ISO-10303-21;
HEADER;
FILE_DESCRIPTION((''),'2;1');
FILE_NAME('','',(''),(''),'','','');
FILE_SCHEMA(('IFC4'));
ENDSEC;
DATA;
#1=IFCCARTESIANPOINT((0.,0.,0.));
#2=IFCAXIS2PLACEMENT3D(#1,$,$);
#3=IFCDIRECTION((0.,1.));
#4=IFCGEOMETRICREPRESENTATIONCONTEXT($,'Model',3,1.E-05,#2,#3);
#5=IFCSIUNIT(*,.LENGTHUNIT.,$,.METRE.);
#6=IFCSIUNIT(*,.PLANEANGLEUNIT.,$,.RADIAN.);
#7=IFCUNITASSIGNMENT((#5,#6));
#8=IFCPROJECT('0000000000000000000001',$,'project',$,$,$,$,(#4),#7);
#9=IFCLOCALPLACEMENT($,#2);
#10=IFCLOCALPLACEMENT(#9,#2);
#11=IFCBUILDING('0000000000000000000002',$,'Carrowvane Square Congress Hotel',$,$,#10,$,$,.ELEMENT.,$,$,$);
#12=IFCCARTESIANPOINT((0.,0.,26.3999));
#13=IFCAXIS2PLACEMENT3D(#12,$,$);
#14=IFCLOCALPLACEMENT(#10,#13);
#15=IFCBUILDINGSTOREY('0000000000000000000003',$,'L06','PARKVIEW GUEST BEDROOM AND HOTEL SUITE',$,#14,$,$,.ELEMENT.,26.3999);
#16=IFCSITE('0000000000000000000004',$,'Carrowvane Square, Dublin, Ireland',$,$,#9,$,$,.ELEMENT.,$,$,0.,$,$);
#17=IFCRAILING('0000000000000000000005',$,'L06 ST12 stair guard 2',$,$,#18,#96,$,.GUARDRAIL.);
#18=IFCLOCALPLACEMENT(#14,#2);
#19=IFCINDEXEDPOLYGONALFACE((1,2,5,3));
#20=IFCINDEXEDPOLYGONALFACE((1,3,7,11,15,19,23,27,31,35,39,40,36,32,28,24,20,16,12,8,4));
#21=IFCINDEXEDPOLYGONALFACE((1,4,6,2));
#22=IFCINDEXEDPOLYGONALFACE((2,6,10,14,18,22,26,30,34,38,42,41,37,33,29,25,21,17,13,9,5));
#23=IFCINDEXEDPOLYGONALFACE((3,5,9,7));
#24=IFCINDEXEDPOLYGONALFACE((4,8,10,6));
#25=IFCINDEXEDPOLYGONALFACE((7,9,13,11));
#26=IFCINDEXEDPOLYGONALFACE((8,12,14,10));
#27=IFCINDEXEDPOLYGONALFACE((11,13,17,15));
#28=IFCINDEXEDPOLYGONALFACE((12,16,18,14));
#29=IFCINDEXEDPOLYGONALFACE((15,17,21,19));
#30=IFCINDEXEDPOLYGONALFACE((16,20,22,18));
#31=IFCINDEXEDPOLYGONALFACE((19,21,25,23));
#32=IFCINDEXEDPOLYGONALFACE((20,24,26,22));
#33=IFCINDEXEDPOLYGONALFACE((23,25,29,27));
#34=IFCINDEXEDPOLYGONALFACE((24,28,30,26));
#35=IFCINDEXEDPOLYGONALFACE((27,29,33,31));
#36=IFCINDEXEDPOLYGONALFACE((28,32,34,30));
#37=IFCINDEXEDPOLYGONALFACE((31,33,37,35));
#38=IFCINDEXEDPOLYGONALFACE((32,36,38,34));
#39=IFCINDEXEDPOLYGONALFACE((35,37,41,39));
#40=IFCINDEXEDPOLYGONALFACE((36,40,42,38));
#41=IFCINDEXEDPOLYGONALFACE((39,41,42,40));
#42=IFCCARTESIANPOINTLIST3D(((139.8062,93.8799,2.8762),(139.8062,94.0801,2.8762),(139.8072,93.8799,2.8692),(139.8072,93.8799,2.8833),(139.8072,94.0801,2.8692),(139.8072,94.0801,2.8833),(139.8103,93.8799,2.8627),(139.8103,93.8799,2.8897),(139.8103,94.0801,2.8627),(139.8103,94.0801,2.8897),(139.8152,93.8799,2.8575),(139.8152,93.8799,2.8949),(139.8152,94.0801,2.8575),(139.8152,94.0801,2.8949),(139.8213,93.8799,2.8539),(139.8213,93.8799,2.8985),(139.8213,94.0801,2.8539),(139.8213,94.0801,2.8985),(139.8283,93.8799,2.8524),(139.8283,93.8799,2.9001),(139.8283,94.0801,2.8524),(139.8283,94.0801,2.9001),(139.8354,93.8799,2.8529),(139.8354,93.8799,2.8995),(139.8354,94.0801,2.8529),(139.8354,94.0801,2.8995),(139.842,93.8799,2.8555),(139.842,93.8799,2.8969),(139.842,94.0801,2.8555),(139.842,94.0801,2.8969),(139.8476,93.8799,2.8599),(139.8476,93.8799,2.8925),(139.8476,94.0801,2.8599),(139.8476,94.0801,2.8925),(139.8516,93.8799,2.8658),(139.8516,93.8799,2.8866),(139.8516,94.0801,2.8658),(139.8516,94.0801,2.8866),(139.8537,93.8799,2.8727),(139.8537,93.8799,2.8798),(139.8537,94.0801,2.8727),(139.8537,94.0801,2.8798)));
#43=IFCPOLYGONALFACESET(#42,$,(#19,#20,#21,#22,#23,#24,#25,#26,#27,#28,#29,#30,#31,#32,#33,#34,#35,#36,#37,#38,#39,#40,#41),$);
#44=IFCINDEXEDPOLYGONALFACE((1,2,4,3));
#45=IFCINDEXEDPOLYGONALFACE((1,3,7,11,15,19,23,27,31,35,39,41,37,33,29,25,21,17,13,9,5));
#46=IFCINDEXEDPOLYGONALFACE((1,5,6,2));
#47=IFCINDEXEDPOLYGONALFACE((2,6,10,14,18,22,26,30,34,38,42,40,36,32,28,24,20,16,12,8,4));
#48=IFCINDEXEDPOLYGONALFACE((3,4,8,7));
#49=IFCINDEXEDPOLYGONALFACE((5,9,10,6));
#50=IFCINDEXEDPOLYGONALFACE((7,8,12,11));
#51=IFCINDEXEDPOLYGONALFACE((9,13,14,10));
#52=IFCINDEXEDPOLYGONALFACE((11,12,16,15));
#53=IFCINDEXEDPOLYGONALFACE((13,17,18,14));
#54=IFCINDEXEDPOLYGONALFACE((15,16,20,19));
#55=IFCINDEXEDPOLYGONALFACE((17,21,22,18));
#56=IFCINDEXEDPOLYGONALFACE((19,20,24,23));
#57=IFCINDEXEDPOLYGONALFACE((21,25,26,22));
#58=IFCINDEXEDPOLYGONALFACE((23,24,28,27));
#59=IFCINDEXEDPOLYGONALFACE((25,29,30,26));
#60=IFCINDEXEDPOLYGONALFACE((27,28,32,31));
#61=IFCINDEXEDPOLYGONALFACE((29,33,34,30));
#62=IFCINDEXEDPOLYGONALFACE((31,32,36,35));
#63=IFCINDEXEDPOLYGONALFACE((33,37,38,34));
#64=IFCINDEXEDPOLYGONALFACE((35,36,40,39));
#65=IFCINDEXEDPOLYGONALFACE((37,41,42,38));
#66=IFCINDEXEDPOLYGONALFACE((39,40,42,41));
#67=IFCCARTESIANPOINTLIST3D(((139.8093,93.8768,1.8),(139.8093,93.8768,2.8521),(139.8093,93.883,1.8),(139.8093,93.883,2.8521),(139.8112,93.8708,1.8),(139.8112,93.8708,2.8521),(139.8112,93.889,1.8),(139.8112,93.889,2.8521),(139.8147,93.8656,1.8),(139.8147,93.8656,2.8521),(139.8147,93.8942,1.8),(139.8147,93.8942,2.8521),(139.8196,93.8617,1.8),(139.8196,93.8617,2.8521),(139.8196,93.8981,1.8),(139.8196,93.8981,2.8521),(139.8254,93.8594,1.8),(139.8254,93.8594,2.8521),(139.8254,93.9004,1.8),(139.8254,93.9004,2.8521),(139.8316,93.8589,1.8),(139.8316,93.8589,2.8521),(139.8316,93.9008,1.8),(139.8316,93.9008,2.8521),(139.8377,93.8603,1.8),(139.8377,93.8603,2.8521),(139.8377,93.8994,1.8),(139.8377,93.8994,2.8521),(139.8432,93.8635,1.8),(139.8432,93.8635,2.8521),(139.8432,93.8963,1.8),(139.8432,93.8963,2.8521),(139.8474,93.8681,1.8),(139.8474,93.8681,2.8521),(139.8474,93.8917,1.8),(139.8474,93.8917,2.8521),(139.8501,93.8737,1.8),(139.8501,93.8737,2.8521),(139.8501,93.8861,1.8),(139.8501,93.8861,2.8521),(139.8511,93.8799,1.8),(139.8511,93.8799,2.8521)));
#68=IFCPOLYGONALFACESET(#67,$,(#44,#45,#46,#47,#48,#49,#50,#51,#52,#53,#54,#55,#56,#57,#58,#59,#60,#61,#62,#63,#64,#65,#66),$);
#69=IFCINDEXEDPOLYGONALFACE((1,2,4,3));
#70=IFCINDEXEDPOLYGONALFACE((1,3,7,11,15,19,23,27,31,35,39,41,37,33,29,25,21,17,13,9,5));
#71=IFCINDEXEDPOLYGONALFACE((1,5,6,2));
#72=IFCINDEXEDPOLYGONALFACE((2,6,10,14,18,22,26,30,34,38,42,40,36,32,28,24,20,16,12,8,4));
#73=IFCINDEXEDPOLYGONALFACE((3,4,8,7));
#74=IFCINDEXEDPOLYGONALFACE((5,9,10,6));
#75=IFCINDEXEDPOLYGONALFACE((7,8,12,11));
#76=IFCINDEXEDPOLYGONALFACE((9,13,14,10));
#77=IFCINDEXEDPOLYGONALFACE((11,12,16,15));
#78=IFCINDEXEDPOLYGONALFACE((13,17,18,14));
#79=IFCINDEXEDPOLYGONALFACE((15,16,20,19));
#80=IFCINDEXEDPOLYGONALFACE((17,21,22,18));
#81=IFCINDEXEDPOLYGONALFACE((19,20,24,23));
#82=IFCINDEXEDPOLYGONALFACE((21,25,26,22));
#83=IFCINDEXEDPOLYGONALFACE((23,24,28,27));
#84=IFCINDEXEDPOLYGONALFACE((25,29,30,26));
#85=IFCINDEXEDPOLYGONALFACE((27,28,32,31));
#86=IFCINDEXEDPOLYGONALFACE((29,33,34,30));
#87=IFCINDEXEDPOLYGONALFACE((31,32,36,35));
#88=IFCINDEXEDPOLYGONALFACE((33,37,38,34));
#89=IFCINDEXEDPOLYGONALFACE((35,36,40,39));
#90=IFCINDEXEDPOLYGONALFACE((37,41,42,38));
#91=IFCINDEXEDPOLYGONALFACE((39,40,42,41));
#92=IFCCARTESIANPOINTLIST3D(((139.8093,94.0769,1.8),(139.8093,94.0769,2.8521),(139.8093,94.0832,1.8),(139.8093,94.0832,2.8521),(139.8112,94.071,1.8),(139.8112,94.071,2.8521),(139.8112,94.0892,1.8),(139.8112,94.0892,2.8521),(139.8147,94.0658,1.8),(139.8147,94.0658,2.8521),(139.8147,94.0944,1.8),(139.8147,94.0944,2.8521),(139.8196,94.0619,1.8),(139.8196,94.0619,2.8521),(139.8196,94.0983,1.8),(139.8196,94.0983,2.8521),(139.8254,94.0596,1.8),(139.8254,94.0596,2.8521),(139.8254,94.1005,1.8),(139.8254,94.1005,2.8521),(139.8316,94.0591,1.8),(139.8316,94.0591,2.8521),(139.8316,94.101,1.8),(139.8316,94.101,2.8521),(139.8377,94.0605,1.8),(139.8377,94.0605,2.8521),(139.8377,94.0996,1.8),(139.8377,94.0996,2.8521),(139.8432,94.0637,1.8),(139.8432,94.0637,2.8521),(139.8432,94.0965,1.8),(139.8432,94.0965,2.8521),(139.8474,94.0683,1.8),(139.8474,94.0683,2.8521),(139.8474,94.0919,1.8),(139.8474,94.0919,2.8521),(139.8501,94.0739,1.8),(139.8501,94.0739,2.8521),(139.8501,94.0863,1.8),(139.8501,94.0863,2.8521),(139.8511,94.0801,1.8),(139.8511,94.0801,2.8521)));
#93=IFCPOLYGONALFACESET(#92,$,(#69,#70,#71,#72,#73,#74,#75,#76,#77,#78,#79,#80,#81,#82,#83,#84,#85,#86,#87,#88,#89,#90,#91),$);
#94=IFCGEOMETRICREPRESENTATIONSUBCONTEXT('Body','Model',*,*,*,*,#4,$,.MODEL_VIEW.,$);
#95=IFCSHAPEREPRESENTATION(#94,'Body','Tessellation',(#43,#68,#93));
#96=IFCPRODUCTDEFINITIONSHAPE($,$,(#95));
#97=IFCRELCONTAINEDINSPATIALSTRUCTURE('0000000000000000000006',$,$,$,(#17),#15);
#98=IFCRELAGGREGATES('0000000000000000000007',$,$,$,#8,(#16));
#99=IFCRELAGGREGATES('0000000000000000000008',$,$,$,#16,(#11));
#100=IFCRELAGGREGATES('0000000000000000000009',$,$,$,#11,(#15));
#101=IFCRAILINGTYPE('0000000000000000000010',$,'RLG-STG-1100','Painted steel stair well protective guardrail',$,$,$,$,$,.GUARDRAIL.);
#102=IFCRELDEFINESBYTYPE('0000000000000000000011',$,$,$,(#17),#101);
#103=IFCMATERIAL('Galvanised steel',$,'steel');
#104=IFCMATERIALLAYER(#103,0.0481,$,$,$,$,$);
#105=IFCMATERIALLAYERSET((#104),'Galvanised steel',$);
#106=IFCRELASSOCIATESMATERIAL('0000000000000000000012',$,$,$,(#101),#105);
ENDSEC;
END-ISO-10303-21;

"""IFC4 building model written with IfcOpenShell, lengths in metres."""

from ifc_helpers import new_model, si_unit, direction, frame, origin, origin_2d, place, context, subcontext, project, spatial, circle, extrude, material, layer, layer_set, type_object, element, save


model = new_model("IFC4")

# Units and contexts
model_context = context("Model", 3, precision=1e-05, world=origin(), true_north=direction((0.0, 1.0)))
body_context = subcontext(model_context, "Body", "Model", "MODEL_VIEW")
ifc_project = project(units=[si_unit("LENGTHUNIT", "METRE"), si_unit("PLANEANGLEUNIT", "RADIAN")], contexts=[model_context])

# Site, building, storey
site_placement = place(None, origin())
site = spatial("IfcSite", under=ifc_project, at=site_placement, Name="Carrowvane Square, Dublin, Ireland", CompositionType="ELEMENT", RefElevation=0.0)
building_placement = place(site_placement, origin())
building = spatial("IfcBuilding", under=site, at=building_placement, Name="Carrowvane Square Congress Hotel", CompositionType="ELEMENT")
storey_placement = place(building_placement, frame((0.0, 0.0, 26.3999)))
storey = spatial("IfcBuildingStorey", under=building, at=storey_placement, Name="L06", Description="PARKVIEW GUEST BEDROOM AND HOTEL SUITE", CompositionType="ELEMENT", Elevation=26.3999)

# Railing
ifc_material_1 = material(Name="Galvanised steel", Category="steel")
ifc_layer_1 = layer(ifc_material_1, 0.0481)
ifc_layer_set_1 = layer_set([ifc_layer_1], Name="Galvanised steel")
railing_type_1 = type_object("IfcRailingType", Name="RLG-STG-1100", Description="Painted steel stair well protective guardrail", PredefinedType="GUARDRAIL", material=ifc_layer_set_1)
railing_1_placement = place(storey_placement, frame((139.8301, 93.8799, 1.8)))
element("IfcRailing", 1, at=railing_1_placement, inside=storey, type_object=railing_type_1, Name="L06 ST12 stair guard 2", PredefinedType="GUARDRAIL", context=body_context, shape_type="SweptSolid", body=[
    extrude(circle(Radius=0.0239, at=origin_2d()), frame((0.0, 0.0, 1.0762), z_axis=(0.0, 1.0, 0.0), x_axis=(-1.0, 0.0, 0.0)), (0.0, 0.0, 1.0), 0.2002),
    extrude(circle(Radius=0.021, at=origin_2d()), origin(), (0.0, 0.0, 1.0), 1.052),
    extrude(circle(Radius=0.021, at=origin_2d()), frame((0.0, 0.2002, 0.0)), (0.0, 0.0, 1.0), 1.052),
])

save(model, "model.ifc")
